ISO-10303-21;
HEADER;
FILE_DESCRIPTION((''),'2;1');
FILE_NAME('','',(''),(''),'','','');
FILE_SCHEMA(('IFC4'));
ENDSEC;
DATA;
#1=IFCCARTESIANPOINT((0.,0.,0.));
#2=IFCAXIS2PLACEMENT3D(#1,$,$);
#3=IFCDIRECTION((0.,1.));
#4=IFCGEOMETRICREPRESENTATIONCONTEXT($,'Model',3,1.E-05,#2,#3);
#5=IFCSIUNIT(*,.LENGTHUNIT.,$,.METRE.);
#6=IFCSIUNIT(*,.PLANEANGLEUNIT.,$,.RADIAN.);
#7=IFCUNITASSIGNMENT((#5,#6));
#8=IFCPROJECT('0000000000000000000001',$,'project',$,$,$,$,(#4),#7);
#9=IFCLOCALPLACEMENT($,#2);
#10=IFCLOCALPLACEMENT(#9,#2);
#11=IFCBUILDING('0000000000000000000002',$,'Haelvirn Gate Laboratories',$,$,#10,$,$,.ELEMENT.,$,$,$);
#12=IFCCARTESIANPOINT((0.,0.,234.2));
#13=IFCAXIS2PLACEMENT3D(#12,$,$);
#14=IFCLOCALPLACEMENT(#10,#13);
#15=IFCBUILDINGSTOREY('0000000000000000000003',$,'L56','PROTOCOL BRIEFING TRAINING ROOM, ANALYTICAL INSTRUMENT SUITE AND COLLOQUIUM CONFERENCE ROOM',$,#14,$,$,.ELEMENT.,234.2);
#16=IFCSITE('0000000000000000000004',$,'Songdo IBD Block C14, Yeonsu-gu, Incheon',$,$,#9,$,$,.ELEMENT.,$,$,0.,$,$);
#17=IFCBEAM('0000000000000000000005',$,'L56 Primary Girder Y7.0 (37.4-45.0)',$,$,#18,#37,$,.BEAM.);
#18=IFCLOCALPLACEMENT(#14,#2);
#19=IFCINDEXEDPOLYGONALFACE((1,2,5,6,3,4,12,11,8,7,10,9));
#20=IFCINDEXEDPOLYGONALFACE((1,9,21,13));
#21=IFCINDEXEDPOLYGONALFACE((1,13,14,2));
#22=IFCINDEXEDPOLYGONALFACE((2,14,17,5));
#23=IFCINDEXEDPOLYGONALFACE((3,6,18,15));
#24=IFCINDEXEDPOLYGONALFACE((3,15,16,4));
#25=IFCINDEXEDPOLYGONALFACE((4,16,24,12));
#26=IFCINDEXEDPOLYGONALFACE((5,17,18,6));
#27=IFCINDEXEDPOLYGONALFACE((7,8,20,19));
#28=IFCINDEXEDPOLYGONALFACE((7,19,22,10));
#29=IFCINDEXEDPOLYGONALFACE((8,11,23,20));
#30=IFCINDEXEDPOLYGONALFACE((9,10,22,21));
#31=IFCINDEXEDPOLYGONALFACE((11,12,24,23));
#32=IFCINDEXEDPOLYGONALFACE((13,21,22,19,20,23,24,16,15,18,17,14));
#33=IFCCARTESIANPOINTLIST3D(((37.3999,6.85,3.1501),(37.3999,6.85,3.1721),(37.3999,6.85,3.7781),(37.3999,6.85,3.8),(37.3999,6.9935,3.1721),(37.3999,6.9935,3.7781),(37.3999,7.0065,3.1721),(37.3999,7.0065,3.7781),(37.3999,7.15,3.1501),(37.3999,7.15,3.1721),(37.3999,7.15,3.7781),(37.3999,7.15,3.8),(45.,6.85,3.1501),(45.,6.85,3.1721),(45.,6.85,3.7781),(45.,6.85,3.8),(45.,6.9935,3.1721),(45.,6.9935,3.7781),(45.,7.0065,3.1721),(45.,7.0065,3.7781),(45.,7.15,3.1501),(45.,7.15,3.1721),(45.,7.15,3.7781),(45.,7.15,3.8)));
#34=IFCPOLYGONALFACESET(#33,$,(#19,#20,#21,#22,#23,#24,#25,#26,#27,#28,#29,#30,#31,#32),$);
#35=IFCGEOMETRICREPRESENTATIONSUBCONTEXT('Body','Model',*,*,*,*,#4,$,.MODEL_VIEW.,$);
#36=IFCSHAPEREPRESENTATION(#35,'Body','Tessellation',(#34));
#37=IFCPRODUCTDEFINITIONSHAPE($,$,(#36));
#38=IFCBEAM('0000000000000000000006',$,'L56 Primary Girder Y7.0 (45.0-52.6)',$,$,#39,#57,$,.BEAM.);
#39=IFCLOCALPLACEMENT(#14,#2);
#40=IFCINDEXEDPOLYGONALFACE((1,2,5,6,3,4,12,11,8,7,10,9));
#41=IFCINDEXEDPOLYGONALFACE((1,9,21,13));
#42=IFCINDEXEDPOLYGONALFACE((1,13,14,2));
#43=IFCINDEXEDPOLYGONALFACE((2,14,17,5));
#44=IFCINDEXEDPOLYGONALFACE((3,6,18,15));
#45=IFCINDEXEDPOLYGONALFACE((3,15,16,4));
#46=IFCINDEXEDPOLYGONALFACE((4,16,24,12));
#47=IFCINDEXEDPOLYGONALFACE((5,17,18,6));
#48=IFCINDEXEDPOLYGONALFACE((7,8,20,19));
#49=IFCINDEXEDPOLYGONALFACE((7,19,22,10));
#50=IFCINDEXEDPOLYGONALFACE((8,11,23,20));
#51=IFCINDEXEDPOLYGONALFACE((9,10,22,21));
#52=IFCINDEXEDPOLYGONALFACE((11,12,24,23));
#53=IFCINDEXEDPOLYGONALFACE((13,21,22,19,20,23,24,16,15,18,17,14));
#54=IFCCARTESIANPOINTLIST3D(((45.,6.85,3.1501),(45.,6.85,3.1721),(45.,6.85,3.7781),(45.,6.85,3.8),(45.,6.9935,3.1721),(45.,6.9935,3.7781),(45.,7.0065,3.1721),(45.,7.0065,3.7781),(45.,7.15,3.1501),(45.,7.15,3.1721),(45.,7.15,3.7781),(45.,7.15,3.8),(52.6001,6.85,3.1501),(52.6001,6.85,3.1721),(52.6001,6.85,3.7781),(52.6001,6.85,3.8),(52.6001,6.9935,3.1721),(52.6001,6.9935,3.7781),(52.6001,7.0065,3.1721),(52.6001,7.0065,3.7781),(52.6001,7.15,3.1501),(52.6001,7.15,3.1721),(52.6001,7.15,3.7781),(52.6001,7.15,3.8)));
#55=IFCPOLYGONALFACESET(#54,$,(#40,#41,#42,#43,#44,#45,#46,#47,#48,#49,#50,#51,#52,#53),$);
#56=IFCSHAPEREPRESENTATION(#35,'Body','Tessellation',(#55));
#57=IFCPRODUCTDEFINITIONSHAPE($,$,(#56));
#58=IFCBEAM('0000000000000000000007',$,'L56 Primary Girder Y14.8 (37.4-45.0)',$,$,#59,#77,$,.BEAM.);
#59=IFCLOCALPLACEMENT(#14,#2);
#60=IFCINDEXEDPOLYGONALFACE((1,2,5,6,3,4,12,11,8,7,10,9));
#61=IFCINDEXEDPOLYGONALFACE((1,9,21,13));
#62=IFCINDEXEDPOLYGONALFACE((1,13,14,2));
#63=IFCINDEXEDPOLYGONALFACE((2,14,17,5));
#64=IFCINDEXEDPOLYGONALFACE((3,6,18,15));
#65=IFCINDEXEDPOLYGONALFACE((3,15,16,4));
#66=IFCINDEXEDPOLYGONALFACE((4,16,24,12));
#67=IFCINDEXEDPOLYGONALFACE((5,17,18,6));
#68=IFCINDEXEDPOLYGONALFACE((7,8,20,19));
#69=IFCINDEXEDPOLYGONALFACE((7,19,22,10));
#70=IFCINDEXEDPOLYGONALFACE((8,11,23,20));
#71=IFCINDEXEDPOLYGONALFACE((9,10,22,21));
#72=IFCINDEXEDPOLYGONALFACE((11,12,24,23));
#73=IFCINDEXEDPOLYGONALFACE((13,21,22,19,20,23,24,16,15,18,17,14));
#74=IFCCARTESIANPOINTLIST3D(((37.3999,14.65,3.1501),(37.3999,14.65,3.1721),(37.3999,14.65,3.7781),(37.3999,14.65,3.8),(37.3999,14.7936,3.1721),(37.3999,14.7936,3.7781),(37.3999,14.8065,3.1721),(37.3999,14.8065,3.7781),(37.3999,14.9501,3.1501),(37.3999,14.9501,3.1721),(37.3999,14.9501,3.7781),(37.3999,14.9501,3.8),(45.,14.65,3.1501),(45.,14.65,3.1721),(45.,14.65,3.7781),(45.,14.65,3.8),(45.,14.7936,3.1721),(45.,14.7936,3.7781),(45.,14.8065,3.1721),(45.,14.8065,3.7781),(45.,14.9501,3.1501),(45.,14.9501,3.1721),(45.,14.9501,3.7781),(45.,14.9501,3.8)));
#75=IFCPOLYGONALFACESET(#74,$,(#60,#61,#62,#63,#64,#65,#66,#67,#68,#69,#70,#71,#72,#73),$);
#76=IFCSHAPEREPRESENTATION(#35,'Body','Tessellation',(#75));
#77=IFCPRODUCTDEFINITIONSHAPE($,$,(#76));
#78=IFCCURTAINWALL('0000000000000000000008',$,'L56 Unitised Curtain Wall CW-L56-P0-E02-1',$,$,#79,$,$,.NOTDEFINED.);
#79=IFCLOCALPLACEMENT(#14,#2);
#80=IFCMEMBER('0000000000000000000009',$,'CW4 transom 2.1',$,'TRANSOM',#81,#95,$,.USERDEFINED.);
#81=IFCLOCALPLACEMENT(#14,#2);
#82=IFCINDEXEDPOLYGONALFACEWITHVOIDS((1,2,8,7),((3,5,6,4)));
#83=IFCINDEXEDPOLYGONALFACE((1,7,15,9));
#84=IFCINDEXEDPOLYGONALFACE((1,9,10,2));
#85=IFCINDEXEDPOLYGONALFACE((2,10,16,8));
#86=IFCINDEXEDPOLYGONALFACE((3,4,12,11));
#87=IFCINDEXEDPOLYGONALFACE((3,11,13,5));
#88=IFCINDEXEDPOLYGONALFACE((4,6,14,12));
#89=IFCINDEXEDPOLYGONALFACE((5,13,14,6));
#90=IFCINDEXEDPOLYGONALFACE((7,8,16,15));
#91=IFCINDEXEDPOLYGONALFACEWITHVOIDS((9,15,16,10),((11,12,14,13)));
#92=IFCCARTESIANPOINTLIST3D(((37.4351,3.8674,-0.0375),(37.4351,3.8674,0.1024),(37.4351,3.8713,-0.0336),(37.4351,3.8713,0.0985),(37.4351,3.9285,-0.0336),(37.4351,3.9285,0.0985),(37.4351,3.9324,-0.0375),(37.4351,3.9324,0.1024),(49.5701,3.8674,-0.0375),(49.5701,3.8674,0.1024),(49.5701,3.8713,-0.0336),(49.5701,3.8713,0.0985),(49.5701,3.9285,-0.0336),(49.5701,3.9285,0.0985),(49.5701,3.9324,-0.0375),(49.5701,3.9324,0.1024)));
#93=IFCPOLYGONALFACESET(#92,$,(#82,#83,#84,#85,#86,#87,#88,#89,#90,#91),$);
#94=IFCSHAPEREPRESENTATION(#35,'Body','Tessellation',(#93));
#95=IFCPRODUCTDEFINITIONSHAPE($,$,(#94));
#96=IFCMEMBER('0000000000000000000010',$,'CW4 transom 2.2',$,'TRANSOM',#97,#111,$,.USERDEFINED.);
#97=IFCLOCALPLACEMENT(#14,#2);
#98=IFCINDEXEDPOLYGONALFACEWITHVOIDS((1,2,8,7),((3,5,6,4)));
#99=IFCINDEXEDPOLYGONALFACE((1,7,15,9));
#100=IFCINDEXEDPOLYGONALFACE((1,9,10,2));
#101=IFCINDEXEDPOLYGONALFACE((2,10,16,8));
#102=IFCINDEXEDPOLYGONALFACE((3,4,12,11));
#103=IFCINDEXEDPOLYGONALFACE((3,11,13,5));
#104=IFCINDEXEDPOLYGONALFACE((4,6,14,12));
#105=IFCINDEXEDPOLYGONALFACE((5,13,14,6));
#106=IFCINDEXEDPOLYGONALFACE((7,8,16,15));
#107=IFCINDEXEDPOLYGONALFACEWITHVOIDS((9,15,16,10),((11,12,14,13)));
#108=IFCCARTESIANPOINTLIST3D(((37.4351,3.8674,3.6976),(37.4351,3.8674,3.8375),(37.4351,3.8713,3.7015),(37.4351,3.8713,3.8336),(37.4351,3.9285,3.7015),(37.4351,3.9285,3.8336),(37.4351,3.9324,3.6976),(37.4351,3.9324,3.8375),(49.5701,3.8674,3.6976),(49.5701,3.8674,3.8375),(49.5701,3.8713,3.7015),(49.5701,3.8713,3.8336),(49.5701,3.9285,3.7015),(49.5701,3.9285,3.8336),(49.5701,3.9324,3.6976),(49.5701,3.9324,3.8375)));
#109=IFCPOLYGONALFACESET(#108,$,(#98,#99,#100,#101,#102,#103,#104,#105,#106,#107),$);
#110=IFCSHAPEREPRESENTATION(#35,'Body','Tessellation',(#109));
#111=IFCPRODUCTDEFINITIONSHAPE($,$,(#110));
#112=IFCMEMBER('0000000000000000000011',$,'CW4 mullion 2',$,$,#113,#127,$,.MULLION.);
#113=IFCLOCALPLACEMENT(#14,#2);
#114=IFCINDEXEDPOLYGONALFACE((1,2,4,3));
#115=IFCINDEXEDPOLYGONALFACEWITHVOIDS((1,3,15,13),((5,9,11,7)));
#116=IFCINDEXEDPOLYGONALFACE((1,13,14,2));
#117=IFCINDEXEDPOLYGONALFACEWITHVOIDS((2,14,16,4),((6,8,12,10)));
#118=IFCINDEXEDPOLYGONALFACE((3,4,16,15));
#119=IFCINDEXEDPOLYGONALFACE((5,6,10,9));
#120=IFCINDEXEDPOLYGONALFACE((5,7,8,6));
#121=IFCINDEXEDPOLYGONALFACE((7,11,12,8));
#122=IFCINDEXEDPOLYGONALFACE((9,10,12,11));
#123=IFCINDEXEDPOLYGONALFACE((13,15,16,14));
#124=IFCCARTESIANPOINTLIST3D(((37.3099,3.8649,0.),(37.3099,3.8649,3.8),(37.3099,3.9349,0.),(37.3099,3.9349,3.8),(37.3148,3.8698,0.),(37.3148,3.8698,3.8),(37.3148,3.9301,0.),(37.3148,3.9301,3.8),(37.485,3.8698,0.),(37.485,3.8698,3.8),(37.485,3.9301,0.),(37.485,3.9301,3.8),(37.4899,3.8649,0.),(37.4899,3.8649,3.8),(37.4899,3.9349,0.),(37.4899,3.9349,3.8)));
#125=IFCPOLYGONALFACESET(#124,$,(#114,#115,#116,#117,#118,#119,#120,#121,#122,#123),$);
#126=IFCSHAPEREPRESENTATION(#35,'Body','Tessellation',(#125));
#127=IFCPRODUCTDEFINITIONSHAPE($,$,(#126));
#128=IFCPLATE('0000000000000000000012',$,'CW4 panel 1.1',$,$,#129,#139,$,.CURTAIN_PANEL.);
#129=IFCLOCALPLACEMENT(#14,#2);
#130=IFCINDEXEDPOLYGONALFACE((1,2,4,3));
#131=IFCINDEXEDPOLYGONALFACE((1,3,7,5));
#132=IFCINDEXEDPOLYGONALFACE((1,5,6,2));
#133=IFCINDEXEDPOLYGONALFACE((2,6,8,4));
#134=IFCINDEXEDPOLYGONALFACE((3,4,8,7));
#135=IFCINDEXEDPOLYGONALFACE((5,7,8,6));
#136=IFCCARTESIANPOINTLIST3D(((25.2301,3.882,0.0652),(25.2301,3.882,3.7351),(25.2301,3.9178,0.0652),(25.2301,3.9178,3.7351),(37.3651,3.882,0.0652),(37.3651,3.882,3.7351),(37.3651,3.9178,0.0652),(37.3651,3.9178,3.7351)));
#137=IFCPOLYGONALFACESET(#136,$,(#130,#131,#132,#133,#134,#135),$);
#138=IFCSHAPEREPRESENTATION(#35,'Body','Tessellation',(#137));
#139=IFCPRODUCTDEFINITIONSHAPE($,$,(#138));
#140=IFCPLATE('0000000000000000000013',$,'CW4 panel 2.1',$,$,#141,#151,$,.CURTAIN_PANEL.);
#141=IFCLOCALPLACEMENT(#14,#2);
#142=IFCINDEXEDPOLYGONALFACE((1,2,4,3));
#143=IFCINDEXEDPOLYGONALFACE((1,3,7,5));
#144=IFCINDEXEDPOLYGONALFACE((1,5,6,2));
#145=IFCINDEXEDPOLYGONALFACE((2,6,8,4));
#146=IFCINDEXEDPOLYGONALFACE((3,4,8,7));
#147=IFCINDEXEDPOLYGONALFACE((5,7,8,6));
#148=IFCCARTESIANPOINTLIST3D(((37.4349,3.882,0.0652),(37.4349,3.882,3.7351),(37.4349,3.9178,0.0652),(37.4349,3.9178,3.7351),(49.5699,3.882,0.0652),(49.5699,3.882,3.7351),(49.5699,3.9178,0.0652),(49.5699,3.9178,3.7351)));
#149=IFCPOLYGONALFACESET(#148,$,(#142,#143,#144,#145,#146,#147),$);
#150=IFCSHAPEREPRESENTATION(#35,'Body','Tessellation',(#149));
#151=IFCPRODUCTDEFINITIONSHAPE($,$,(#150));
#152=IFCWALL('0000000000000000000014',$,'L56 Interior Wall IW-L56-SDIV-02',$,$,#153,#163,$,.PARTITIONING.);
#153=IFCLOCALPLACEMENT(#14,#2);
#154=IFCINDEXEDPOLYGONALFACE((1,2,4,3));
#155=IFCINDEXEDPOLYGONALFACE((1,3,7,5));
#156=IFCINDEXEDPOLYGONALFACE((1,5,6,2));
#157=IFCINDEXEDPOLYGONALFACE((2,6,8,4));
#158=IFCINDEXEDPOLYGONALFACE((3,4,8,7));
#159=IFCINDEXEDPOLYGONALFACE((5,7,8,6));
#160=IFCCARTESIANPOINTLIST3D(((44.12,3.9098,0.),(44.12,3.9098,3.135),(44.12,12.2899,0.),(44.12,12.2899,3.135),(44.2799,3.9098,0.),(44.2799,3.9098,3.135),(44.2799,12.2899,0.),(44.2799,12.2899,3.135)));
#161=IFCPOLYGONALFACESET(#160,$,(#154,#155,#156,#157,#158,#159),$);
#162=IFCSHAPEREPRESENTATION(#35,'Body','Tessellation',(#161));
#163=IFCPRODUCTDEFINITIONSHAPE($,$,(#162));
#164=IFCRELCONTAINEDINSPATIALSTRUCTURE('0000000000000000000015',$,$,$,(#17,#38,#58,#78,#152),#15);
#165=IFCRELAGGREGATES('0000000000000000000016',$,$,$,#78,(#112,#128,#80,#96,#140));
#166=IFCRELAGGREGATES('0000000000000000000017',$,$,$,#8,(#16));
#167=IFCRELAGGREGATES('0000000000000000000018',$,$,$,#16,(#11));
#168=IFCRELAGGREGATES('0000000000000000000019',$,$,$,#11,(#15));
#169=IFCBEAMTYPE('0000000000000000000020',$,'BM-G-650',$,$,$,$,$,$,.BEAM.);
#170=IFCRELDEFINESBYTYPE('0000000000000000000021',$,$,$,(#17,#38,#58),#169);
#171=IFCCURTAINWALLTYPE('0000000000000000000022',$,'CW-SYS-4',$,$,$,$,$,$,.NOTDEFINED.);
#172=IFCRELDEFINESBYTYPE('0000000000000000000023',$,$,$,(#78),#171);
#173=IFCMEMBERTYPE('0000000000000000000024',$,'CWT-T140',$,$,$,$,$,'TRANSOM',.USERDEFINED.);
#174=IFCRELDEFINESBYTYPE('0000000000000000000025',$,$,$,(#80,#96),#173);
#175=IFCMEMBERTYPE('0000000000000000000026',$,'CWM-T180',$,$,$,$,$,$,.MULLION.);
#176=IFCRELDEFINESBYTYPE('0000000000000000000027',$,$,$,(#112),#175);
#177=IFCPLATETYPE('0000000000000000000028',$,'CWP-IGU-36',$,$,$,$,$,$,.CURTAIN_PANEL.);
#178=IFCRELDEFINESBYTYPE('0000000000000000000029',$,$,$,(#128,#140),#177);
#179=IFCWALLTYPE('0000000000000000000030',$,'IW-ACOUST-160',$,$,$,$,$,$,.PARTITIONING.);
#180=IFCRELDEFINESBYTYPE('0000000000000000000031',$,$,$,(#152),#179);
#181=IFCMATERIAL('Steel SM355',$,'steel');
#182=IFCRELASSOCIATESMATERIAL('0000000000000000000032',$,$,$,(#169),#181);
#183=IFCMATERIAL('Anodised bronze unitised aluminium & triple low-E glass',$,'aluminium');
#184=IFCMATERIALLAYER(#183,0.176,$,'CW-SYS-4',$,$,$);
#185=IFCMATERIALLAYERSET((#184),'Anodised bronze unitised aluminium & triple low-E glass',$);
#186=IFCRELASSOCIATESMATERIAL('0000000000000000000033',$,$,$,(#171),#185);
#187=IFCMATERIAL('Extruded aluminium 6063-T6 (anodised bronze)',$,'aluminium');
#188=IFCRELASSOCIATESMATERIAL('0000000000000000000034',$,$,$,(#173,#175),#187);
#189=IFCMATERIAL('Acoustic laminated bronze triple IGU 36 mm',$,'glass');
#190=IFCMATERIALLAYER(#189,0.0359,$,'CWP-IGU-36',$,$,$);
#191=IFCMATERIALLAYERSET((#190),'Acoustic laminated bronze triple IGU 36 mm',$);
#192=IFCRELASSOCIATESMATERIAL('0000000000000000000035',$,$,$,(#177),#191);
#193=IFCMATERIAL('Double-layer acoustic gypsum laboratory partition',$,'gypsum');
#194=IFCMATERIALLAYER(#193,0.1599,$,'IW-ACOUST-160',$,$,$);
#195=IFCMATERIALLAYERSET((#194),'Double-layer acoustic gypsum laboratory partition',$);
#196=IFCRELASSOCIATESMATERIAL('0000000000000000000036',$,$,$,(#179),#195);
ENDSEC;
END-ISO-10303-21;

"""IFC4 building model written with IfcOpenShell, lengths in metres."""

from ifc_helpers import new_model, si_unit, direction, frame, frame_2d, origin, origin_2d, place, context, subcontext, project, spatial, rectangle, hollow_rectangle, i_section, extrude, source, transform, mapped, material, layer, layer_set, material_profile, profile_set, type_object, type_shapes, element, aggregate, save


model = new_model("IFC4")

# Units and contexts
model_context = context("Model", 3, precision=1e-05, world=origin(), true_north=direction((0.0, 1.0)))
body_context = subcontext(model_context, "Body", "Model", "MODEL_VIEW")
ifc_project = project(units=[si_unit("LENGTHUNIT", "METRE"), si_unit("PLANEANGLEUNIT", "RADIAN")], contexts=[model_context])

# Site, building, storey
site_placement = place(None, origin())
site = spatial("IfcSite", under=ifc_project, at=site_placement, Name="Songdo IBD Block C14, Yeonsu-gu, Incheon", CompositionType="ELEMENT", RefElevation=0.0)
building_placement = place(site_placement, origin())
building = spatial("IfcBuilding", under=site, at=building_placement, Name="Haelvirn Gate Laboratories", CompositionType="ELEMENT")
storey_placement = place(building_placement, frame((0.0, 0.0, 234.2)))
storey = spatial("IfcBuildingStorey", under=building, at=storey_placement, Name="L56", Description="PROTOCOL BRIEFING TRAINING ROOM, ANALYTICAL INSTRUMENT SUITE AND COLLOQUIUM CONFERENCE ROOM", CompositionType="ELEMENT", Elevation=234.2)

# Shared definitions
ifc_material_1 = material(Name="Steel SM355", Category="steel")

# Beams
ifc_material_profile_1 = material_profile(ifc_material_1, i_section(OverallWidth=0.3, OverallDepth=0.6499, WebThickness=0.0129, FlangeThickness=0.022, at=origin_2d()), Name="H-650x300x13x22")
ifc_profile_set_1 = profile_set([ifc_material_profile_1], Name="Steel SM355")
beam_type_1 = type_object("IfcBeamType", Name="BM-G-650", PredefinedType="BEAM", material=ifc_profile_set_1)
shared_shape_1 = source(origin(), body_context, "Body", "SweptSolid", [
    extrude(i_section(OverallWidth=0.3, OverallDepth=0.6499, WebThickness=0.0129, FlangeThickness=0.022, at=origin_2d()), origin(), (0.0, 0.0, 1.0), 7.6001),
])
type_shapes(beam_type_1, [shared_shape_1])
for number, where, z_axis, x_axis, name in (
    (1, (37.3999, 7.0, 3.4751), (1.0, 0.0, 0.0), (0.0, 1.0, 0.0), "L56 Primary Girder Y7.0 (37.4-45.0)"),
    (2, (45.0, 7.0, 3.4751), (1.0, 0.0, 0.0), (0.0, 1.0, 0.0), "L56 Primary Girder Y7.0 (45.0-52.6)"),
    (3, (37.3999, 14.8, 3.4751), (1.0, 0.0, 0.0), (0.0, 1.0, 0.0), "L56 Primary Girder Y14.8 (37.4-45.0)"),
):
    element("IfcBeam", number, at=place(storey_placement, frame(where, z_axis=z_axis, x_axis=x_axis)), inside=storey, type_object=beam_type_1, Name=name, PredefinedType="BEAM", context=body_context, shape_type="MappedRepresentation", body=[
        mapped(shared_shape_1, transform((0.0, 0.0, 0.0), scale=1.0)),
    ])

# Curtain wall, members, plates
ifc_material_2 = material(Name="Anodised bronze unitised aluminium & triple low-E glass", Category="aluminium")
ifc_layer_1 = layer(ifc_material_2, 0.176, Name="CW-SYS-4")
ifc_layer_set_1 = layer_set([ifc_layer_1], Name="Anodised bronze unitised aluminium & triple low-E glass")
curtain_wall_type = type_object("IfcCurtainWallType", Name="CW-SYS-4", PredefinedType="NOTDEFINED", material=ifc_layer_set_1)
curtain_wall_placement = place(storey_placement, origin())
curtain_wall = element("IfcCurtainWall", 4, at=curtain_wall_placement, inside=storey, type_object=curtain_wall_type, Name="L56 Unitised Curtain Wall CW-L56-P0-E02-1", PredefinedType="NOTDEFINED")
ifc_material_3 = material(Name="Extruded aluminium 6063-T6 (anodised bronze)", Category="aluminium")
ifc_material_profile_2 = material_profile(ifc_material_3, hollow_rectangle(XDim=0.0649, YDim=0.1399, WallThickness=0.0039, at=origin_2d()), Name="CWT-140x65x4")
ifc_profile_set_2 = profile_set([ifc_material_profile_2], Name="Extruded aluminium 6063-T6 (anodised bronze)")
member_type_1 = type_object("IfcMemberType", Name="CWT-T140", ElementType="TRANSOM", PredefinedType="USERDEFINED", material=ifc_profile_set_2)
shared_shape_2 = source(origin(), body_context, "Body", "SweptSolid", [
    extrude(hollow_rectangle(XDim=0.0649, YDim=0.1399, WallThickness=0.0039, at=origin_2d()), origin(), (0.0, 0.0, 1.0), 12.135),
])
type_shapes(member_type_1, [shared_shape_2])
member_1_placement = place(storey_placement, frame((37.4351, 3.8999, 0.0325), z_axis=(1.0, 0.0, 0.0), x_axis=(0.0, 1.0, 0.0)))
member_1 = element("IfcMember", 5, at=member_1_placement, type_object=member_type_1, Name="CW4 transom 2.1", ObjectType="TRANSOM", PredefinedType="USERDEFINED", context=body_context, shape_type="MappedRepresentation", body=[
    mapped(shared_shape_2, transform((0.0, 0.0, 0.0), scale=1.0)),
])
member_2_placement = place(storey_placement, frame((37.4351, 3.8999, 3.7676), z_axis=(1.0, 0.0, 0.0), x_axis=(0.0, 1.0, 0.0)))
member_2 = element("IfcMember", 6, at=member_2_placement, type_object=member_type_1, Name="CW4 transom 2.2", ObjectType="TRANSOM", PredefinedType="USERDEFINED", context=body_context, shape_type="MappedRepresentation", body=[
    mapped(shared_shape_2, transform((0.0, 0.0, 0.0), scale=1.0)),
])
ifc_material_profile_3 = material_profile(ifc_material_3, hollow_rectangle(XDim=0.0701, YDim=0.1799, WallThickness=0.0049, at=origin_2d()), Name="CWM-180x70x5")
ifc_profile_set_3 = profile_set([ifc_material_profile_3], Name="Extruded aluminium 6063-T6 (anodised bronze)")
member_type_2 = type_object("IfcMemberType", Name="CWM-T180", PredefinedType="MULLION", material=ifc_profile_set_3)
shared_shape_3 = source(origin(), body_context, "Body", "SweptSolid", [
    extrude(hollow_rectangle(XDim=0.0701, YDim=0.1799, WallThickness=0.0049, at=origin_2d()), origin(), (0.0, 0.0, 1.0), 3.8),
])
type_shapes(member_type_2, [shared_shape_3])
member_3_placement = place(storey_placement, frame((37.3999, 3.8999, 0.0), z_axis=(0.0, 0.0, 1.0), x_axis=(0.0, 1.0, 0.0)))
member_3 = element("IfcMember", 7, at=member_3_placement, type_object=member_type_2, Name="CW4 mullion 2", PredefinedType="MULLION", context=body_context, shape_type="MappedRepresentation", body=[
    mapped(shared_shape_3, transform((0.0, 0.0, 0.0), scale=1.0)),
])
ifc_material_4 = material(Name="Acoustic laminated bronze triple IGU 36 mm", Category="glass")
ifc_layer_2 = layer(ifc_material_4, 0.0359, Name="CWP-IGU-36")
ifc_layer_set_2 = layer_set([ifc_layer_2], Name="Acoustic laminated bronze triple IGU 36 mm")
plate_type = type_object("IfcPlateType", Name="CWP-IGU-36", PredefinedType="CURTAIN_PANEL", material=ifc_layer_set_2)
shared_shape_4 = source(origin(), body_context, "Body", "SweptSolid", [
    extrude(rectangle(XDim=12.135, YDim=0.0359, at=origin_2d()), origin(), (0.0, 0.0, 1.0), 3.6699),
])
type_shapes(plate_type, [shared_shape_4])
plate_1_placement = place(storey_placement, frame((31.2976, 3.8999, 0.0652), z_axis=(0.0, 0.0, 1.0), x_axis=(1.0, 0.0, 0.0)))
plate_1 = element("IfcPlate", 8, at=plate_1_placement, type_object=plate_type, Name="CW4 panel 1.1", PredefinedType="CURTAIN_PANEL", context=body_context, shape_type="MappedRepresentation", body=[
    mapped(shared_shape_4, transform((0.0, 0.0, 0.0), scale=1.0)),
])
plate_2_placement = place(storey_placement, frame((43.5024, 3.8999, 0.0652), z_axis=(0.0, 0.0, 1.0), x_axis=(1.0, 0.0, 0.0)))
plate_2 = element("IfcPlate", 9, at=plate_2_placement, type_object=plate_type, Name="CW4 panel 2.1", PredefinedType="CURTAIN_PANEL", context=body_context, shape_type="MappedRepresentation", body=[
    mapped(shared_shape_4, transform((0.0, 0.0, 0.0), scale=1.0)),
])
aggregate(curtain_wall, [member_3, plate_1, member_1, member_2, plate_2])

# Wall
ifc_material_5 = material(Name="Double-layer acoustic gypsum laboratory partition", Category="gypsum")
ifc_layer_3 = layer(ifc_material_5, 0.1599, Name="IW-ACOUST-160")
ifc_layer_set_3 = layer_set([ifc_layer_3], Name="Double-layer acoustic gypsum laboratory partition")
wall_type_1 = type_object("IfcWallType", Name="IW-ACOUST-160", PredefinedType="PARTITIONING", material=ifc_layer_set_3)
wall_1_placement = place(storey_placement, frame((44.2, 3.9099, 0.0), z_axis=(0.0, 0.0, 1.0), x_axis=(0.0, 1.0, 0.0)))
element("IfcWall", 10, at=wall_1_placement, inside=storey, type_object=wall_type_1, Name="L56 Interior Wall IW-L56-SDIV-02", PredefinedType="PARTITIONING", context=body_context, shape_type="SweptSolid", body=[
    extrude(rectangle(XDim=8.3801, YDim=0.1599, at=frame_2d((4.1899, 0.0))), origin(), (0.0, 0.0, 1.0), 3.135),
])

save(model, "model.ifc")
